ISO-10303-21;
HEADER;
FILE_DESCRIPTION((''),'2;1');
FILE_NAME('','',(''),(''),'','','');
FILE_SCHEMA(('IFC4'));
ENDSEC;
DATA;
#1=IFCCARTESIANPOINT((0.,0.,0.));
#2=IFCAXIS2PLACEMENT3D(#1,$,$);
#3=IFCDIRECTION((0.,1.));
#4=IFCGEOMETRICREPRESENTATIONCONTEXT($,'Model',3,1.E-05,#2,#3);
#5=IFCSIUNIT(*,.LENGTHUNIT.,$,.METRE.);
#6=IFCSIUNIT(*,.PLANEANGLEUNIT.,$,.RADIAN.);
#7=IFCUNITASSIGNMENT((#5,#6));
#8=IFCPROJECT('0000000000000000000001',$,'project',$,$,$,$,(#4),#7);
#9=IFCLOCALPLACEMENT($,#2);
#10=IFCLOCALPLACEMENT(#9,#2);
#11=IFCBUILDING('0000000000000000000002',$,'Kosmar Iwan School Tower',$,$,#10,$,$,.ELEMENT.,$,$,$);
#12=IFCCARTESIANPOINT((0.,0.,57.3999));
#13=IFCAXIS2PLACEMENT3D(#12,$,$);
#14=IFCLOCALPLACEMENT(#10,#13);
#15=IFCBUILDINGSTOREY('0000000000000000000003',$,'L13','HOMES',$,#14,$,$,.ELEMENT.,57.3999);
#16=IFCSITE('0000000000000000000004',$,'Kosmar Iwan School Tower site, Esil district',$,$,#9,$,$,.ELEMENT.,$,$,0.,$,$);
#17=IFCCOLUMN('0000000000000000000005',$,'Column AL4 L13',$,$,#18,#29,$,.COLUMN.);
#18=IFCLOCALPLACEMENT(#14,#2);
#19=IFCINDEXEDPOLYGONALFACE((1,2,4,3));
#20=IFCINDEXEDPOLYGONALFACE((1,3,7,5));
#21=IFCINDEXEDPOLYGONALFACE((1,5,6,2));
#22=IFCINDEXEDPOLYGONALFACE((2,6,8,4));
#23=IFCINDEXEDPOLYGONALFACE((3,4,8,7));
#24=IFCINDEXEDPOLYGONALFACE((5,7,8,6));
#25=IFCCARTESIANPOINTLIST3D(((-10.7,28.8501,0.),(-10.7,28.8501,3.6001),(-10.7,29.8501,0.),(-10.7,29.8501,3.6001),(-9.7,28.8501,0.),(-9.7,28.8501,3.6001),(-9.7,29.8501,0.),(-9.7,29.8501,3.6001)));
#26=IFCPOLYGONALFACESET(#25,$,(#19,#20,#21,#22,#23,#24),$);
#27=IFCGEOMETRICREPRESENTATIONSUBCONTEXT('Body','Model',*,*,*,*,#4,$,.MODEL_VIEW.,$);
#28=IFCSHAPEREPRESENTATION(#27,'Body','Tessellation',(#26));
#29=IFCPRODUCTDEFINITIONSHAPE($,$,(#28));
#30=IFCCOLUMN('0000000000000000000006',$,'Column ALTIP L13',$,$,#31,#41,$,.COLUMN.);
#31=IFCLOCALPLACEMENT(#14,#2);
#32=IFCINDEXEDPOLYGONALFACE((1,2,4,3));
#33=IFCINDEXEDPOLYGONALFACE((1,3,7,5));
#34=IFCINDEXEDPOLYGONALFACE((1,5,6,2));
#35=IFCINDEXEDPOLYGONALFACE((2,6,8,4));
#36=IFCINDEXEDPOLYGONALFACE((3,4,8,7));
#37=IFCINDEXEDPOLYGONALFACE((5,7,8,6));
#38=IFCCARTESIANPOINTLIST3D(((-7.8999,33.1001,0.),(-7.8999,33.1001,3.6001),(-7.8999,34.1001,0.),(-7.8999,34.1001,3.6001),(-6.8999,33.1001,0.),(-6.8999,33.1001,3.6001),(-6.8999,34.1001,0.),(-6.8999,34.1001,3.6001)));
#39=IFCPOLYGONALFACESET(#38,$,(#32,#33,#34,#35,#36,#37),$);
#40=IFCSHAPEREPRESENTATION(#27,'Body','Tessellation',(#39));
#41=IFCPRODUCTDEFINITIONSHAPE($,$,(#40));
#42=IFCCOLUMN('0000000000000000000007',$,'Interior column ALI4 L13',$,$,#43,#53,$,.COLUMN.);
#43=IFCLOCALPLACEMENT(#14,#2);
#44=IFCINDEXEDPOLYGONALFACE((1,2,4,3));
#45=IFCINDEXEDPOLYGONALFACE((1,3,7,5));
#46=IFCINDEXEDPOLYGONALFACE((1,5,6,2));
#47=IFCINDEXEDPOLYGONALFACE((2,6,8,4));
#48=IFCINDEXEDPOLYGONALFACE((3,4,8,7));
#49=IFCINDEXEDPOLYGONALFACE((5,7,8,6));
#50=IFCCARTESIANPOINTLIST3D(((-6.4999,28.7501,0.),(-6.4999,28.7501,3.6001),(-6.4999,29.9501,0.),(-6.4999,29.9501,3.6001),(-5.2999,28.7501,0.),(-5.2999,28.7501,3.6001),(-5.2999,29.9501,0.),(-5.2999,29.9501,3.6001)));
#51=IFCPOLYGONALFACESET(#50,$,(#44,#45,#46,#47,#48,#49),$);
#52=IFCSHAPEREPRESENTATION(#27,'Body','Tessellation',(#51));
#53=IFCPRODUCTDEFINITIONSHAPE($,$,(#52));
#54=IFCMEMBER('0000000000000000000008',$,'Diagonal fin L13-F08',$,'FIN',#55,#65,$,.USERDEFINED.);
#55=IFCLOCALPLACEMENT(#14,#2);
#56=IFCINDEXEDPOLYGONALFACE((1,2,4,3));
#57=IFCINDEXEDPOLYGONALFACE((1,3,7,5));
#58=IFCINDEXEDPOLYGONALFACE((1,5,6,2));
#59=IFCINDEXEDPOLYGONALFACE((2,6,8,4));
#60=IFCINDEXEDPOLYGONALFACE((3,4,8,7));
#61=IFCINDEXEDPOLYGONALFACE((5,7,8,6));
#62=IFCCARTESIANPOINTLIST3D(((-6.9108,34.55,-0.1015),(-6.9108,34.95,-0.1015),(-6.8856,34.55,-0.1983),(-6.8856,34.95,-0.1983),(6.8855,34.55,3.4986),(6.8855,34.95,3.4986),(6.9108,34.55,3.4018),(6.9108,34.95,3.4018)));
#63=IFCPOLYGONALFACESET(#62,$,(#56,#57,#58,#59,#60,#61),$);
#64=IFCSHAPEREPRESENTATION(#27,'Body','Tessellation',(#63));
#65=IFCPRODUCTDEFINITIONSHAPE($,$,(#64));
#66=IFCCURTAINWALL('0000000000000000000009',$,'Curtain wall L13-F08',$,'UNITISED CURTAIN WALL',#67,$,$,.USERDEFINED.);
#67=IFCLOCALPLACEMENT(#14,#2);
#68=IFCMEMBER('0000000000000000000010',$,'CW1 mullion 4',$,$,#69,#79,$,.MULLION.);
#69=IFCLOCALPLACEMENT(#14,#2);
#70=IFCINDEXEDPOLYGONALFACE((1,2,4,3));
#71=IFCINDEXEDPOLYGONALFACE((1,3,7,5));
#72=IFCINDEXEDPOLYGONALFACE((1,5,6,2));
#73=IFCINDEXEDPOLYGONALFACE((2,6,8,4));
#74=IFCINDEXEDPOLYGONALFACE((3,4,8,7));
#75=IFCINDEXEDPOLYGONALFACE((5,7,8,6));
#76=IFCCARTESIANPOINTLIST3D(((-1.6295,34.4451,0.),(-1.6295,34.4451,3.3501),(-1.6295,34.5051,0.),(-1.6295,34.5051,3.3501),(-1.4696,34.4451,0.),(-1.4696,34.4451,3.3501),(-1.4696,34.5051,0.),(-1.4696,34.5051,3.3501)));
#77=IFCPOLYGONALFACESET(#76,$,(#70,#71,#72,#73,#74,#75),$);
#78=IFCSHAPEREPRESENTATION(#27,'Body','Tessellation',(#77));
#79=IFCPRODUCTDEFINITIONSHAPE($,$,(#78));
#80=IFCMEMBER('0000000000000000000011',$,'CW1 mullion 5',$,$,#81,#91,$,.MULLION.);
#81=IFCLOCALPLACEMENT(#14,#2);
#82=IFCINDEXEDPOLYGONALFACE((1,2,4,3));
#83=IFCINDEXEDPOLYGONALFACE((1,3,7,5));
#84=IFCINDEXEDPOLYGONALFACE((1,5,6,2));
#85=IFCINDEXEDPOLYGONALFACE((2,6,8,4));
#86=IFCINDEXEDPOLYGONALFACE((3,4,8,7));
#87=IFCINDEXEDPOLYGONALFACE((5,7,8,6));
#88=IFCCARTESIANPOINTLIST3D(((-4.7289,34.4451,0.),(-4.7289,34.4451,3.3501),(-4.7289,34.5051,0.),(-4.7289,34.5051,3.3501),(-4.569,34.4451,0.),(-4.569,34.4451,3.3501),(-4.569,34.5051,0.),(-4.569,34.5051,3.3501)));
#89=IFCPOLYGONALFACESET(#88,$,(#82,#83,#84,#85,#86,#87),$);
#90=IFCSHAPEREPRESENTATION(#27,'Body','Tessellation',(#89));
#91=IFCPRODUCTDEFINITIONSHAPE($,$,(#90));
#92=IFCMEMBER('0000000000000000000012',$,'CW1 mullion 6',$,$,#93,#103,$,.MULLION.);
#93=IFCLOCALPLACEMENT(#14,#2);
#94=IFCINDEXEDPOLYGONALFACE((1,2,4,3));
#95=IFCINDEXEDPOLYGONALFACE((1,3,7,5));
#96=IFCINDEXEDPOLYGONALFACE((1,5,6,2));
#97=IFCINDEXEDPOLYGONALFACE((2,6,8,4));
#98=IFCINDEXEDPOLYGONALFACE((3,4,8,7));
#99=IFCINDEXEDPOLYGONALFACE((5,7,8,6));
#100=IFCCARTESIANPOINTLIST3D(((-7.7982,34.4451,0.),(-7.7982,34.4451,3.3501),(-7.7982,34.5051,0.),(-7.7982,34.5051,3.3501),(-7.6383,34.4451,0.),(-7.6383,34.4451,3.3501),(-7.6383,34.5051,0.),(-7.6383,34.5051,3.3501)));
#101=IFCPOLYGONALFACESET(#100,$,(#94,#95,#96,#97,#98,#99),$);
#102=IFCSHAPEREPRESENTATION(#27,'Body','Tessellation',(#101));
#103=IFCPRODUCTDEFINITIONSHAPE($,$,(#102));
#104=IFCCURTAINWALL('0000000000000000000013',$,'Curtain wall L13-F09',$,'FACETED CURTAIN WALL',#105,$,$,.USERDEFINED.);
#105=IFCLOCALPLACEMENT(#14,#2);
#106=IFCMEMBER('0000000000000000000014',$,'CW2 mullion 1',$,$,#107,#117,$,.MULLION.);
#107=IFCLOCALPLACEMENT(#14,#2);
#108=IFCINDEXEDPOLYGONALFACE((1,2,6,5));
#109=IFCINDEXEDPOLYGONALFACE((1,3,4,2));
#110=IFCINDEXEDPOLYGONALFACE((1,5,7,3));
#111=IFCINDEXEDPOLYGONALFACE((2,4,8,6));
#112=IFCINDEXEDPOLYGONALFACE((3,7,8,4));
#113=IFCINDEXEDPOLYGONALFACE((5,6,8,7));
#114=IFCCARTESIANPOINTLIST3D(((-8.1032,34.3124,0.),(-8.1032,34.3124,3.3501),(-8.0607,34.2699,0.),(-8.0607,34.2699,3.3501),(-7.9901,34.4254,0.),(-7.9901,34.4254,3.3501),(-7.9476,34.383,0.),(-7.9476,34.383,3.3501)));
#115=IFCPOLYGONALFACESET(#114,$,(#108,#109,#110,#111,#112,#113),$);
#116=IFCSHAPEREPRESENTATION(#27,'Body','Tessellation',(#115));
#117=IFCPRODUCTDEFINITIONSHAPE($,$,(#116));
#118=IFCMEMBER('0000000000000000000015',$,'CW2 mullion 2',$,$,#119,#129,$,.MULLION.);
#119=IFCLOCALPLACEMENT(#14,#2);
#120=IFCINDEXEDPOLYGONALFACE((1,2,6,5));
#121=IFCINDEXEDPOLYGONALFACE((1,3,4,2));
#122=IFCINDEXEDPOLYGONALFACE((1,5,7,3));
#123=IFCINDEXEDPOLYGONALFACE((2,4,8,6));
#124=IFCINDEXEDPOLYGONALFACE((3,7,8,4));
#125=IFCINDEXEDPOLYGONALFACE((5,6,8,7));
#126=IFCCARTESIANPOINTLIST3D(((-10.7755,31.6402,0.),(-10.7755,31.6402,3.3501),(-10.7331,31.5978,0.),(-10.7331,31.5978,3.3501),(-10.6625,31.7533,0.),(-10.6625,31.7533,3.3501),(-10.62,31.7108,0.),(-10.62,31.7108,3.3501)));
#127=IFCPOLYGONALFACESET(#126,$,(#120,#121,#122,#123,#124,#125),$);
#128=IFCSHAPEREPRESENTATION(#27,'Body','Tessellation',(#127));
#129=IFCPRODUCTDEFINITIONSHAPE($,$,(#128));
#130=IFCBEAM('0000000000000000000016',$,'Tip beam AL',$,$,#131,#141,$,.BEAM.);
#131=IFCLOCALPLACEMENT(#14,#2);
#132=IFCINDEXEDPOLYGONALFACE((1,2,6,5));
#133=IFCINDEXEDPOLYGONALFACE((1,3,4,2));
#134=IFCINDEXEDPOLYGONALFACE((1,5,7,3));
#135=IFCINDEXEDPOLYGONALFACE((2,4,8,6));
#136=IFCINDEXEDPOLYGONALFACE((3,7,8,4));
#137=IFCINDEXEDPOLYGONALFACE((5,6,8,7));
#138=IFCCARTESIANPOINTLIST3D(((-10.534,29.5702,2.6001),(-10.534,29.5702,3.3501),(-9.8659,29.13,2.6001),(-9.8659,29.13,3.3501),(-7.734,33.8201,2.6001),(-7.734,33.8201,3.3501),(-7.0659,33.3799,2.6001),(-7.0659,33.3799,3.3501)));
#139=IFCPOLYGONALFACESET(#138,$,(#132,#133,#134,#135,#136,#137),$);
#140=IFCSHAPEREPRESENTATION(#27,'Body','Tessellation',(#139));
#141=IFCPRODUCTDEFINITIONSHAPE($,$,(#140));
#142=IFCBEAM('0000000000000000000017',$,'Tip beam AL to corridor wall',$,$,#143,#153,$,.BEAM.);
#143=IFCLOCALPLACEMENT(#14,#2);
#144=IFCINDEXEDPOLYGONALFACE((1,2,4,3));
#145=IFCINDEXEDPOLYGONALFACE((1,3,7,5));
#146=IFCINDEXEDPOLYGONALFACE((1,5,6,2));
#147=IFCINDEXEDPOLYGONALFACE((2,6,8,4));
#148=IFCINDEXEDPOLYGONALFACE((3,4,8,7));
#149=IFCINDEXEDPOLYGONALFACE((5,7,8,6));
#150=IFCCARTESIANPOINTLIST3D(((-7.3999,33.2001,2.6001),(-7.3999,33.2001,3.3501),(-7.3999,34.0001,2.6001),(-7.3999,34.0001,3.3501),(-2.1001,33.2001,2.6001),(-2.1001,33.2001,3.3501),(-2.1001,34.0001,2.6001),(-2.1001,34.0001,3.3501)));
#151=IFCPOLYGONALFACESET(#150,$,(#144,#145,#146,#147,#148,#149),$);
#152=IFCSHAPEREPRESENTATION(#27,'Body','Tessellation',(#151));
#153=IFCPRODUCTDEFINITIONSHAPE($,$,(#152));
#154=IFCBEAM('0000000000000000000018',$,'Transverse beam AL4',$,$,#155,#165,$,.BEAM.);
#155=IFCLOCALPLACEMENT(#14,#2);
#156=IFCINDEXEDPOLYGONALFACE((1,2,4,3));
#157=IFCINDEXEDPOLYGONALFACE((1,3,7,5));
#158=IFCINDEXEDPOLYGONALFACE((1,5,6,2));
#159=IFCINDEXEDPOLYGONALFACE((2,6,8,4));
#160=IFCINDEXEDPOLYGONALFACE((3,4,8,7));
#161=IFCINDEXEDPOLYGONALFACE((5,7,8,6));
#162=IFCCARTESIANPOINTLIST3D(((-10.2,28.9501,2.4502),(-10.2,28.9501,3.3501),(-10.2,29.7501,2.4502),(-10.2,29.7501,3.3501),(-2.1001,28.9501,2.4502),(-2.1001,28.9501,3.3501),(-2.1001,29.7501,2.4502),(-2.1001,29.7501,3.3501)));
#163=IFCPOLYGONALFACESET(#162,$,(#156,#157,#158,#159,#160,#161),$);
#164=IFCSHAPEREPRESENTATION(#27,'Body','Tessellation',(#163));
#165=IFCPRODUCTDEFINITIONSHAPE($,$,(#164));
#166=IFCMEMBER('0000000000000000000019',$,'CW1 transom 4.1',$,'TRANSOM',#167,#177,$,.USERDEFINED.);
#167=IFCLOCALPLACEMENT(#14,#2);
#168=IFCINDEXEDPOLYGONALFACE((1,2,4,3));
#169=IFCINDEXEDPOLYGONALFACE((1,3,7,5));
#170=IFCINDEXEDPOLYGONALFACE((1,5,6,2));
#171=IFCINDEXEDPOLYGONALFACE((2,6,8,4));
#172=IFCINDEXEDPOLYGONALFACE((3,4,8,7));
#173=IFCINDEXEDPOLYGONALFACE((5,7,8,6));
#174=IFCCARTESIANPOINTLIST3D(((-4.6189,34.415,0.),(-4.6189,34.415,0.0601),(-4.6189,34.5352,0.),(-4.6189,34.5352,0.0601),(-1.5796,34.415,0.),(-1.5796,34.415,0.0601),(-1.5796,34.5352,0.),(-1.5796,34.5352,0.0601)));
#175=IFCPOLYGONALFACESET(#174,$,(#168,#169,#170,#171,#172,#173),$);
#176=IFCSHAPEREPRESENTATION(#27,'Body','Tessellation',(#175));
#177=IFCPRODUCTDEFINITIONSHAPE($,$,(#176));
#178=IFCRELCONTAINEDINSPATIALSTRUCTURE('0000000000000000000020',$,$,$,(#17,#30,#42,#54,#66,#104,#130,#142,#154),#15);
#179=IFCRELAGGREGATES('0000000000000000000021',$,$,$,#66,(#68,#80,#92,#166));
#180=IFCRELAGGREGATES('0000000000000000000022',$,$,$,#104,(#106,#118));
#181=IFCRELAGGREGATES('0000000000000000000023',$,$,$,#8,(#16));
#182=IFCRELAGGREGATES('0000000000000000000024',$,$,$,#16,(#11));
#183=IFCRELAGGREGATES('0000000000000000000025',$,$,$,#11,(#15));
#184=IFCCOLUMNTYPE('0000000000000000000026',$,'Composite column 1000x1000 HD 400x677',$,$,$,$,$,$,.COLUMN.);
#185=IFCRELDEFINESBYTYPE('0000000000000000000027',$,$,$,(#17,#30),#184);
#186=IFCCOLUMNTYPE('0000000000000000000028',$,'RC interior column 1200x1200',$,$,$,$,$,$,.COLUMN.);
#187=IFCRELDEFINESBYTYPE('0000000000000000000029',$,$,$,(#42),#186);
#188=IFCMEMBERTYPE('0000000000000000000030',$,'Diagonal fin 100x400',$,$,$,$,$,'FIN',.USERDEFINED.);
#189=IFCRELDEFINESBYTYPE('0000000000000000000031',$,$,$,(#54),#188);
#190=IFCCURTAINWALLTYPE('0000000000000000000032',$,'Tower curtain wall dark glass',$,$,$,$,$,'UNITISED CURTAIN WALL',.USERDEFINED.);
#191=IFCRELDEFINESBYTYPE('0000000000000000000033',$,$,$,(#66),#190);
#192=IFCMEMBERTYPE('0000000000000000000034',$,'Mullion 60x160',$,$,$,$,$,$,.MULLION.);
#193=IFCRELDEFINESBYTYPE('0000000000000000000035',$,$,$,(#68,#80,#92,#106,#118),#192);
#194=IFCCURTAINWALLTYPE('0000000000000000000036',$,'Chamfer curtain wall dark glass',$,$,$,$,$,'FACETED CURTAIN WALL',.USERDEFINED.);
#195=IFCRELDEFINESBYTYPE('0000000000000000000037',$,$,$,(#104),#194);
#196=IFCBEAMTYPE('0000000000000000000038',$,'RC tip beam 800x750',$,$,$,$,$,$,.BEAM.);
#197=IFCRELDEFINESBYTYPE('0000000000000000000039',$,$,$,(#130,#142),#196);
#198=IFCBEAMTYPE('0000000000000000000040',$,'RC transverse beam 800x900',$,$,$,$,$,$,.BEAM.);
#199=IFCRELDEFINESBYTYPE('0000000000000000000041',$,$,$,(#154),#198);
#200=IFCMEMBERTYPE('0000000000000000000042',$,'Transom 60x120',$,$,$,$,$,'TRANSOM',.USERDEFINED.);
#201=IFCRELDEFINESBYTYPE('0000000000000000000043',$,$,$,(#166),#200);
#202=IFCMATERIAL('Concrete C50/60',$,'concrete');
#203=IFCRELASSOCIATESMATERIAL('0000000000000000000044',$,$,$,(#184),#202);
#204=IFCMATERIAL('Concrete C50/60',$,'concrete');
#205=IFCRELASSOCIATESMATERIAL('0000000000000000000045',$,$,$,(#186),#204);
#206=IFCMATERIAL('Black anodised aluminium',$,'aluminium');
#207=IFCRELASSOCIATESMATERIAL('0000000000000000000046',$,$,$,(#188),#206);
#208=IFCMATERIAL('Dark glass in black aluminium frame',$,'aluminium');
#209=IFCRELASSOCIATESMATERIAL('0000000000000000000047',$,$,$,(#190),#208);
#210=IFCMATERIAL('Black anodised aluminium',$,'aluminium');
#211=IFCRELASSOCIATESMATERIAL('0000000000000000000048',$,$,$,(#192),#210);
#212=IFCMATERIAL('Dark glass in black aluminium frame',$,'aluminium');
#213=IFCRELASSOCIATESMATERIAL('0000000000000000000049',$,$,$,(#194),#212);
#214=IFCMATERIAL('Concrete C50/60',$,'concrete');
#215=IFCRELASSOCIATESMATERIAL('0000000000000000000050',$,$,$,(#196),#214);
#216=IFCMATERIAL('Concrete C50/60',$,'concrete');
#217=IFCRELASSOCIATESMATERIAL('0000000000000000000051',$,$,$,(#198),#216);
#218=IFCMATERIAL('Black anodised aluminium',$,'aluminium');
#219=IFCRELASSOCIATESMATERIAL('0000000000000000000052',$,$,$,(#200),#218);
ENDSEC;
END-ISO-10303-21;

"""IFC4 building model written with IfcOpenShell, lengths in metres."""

from ifc_helpers import new_model, si_unit, direction, frame, origin, origin_2d, place, context, subcontext, project, spatial, rectangle, extrude, material, material_profile, profile_set, type_object, element, aggregate, save


model = new_model("IFC4")

# Units and contexts
model_context = context("Model", 3, precision=1e-05, world=origin(), true_north=direction((0.0, 1.0)))
body_context = subcontext(model_context, "Body", "Model", "MODEL_VIEW")
ifc_project = project(units=[si_unit("LENGTHUNIT", "METRE"), si_unit("PLANEANGLEUNIT", "RADIAN")], contexts=[model_context])

# Site, building, storey
site_placement = place(None, origin())
site = spatial("IfcSite", under=ifc_project, at=site_placement, Name="Kosmar Iwan School Tower site, Esil district", CompositionType="ELEMENT", RefElevation=0.0)
building_placement = place(site_placement, origin())
building = spatial("IfcBuilding", under=site, at=building_placement, Name="Kosmar Iwan School Tower", CompositionType="ELEMENT")
storey_placement = place(building_placement, frame((0.0, 0.0, 57.3999)))
storey = spatial("IfcBuildingStorey", under=building, at=storey_placement, Name="L13", Description="HOMES", CompositionType="ELEMENT", Elevation=57.3999)

# Columns
ifc_material_1 = material(Name="Concrete C50/60", Category="concrete")
ifc_material_profile_1 = material_profile(ifc_material_1, rectangle(XDim=1.0, YDim=1.0, at=origin_2d()), Name="RC 1000x1000 + HD 400x677")
ifc_profile_set_1 = profile_set([ifc_material_profile_1], Name="Concrete C50/60")
column_type_1 = type_object("IfcColumnType", Name="Composite column 1000x1000 HD 400x677", PredefinedType="COLUMN", material=ifc_profile_set_1)
for number, where, z_axis, x_axis, name in (
    (1, (-10.2, 29.3501, 0.0), (0.0, 0.0, 1.0), (0.0, 1.0, 0.0), "Column AL4 L13"),
    (2, (-7.3999, 33.6001, 0.0), (0.0, 0.0, 1.0), (0.0, 1.0, 0.0), "Column ALTIP L13"),
):
    element("IfcColumn", number, at=place(storey_placement, frame(where, z_axis=z_axis, x_axis=x_axis)), inside=storey, type_object=column_type_1, Name=name, PredefinedType="COLUMN", context=body_context, shape_type="SweptSolid", body=[
        extrude(rectangle(XDim=1.0, YDim=1.0, at=origin_2d()), origin(), (0.0, 0.0, 1.0), 3.6001),
    ])
ifc_material_2 = material(Name="Concrete C50/60", Category="concrete")
ifc_material_profile_2 = material_profile(ifc_material_2, rectangle(XDim=1.2, YDim=1.2, at=origin_2d()), Name="RC 1200x1200")
ifc_profile_set_2 = profile_set([ifc_material_profile_2], Name="Concrete C50/60")
column_type_2 = type_object("IfcColumnType", Name="RC interior column 1200x1200", PredefinedType="COLUMN", material=ifc_profile_set_2)
column_placement = place(storey_placement, frame((-5.8999, 29.3501, 0.0), z_axis=(0.0, 0.0, 1.0), x_axis=(0.0, 1.0, 0.0)))
element("IfcColumn", 3, at=column_placement, inside=storey, type_object=column_type_2, Name="Interior column ALI4 L13", PredefinedType="COLUMN", context=body_context, shape_type="SweptSolid", body=[
    extrude(rectangle(XDim=1.2, YDim=1.2, at=origin_2d()), origin(), (0.0, 0.0, 1.0), 3.6001),
])

# Member
ifc_material_3 = material(Name="Black anodised aluminium", Category="aluminium")
ifc_material_profile_3 = material_profile(ifc_material_3, rectangle(XDim=0.1001, YDim=0.3999, at=origin_2d()), Name="FIN 100x400")
ifc_profile_set_3 = profile_set([ifc_material_profile_3], Name="Black anodised aluminium")
member_type_1 = type_object("IfcMemberType", Name="Diagonal fin 100x400", ElementType="FIN", PredefinedType="USERDEFINED", material=ifc_profile_set_3)
member_1_placement = place(storey_placement, frame((-6.8982, 34.75, -0.1499), z_axis=(0.967599, 0.0, 0.25249), x_axis=(-0.25249, 0.0, 0.967599)))
element("IfcMember", 4, at=member_1_placement, inside=storey, type_object=member_type_1, Name="Diagonal fin L13-F08", ObjectType="FIN", PredefinedType="USERDEFINED", context=body_context, shape_type="SweptSolid", body=[
    extrude(rectangle(XDim=0.1001, YDim=0.3999, at=origin_2d()), origin(), (0.0, 0.0, 1.0), 14.2583),
])

# Curtain walls, members
ifc_material_4 = material(Name="Dark glass in black aluminium frame", Category="aluminium")
curtain_wall_type_1 = type_object("IfcCurtainWallType", Name="Tower curtain wall dark glass", ElementType="UNITISED CURTAIN WALL", PredefinedType="USERDEFINED", material=ifc_material_4)
curtain_wall_1_placement = place(storey_placement, origin())
curtain_wall_1 = element("IfcCurtainWall", 5, at=curtain_wall_1_placement, inside=storey, type_object=curtain_wall_type_1, Name="Curtain wall L13-F08", ObjectType="UNITISED CURTAIN WALL", PredefinedType="USERDEFINED")
ifc_material_5 = material(Name="Black anodised aluminium", Category="aluminium")
ifc_material_profile_4 = material_profile(ifc_material_5, rectangle(XDim=0.0601, YDim=0.1599, at=origin_2d()), Name="MULLION 60x160")
ifc_profile_set_4 = profile_set([ifc_material_profile_4], Name="Black anodised aluminium")
member_type_2 = type_object("IfcMemberType", Name="Mullion 60x160", PredefinedType="MULLION", material=ifc_profile_set_4)
member_2_placement = place(storey_placement, frame((-1.5496, 34.4751, 0.0), z_axis=(0.0, 0.0, 1.0), x_axis=(0.0, -1.0, 0.0)))
member_2 = element("IfcMember", 6, at=member_2_placement, type_object=member_type_2, Name="CW1 mullion 4", PredefinedType="MULLION", context=body_context, shape_type="SweptSolid", body=[
    extrude(rectangle(XDim=0.0601, YDim=0.1599, at=origin_2d()), origin(), (0.0, 0.0, 1.0), 3.3501),
])
member_3_placement = place(storey_placement, frame((-4.6489, 34.4751, 0.0), z_axis=(0.0, 0.0, 1.0), x_axis=(0.0, -1.0, 0.0)))
member_3 = element("IfcMember", 7, at=member_3_placement, type_object=member_type_2, Name="CW1 mullion 5", PredefinedType="MULLION", context=body_context, shape_type="SweptSolid", body=[
    extrude(rectangle(XDim=0.0601, YDim=0.1599, at=origin_2d()), origin(), (0.0, 0.0, 1.0), 3.3501),
])
member_4_placement = place(storey_placement, frame((-7.7183, 34.4751, 0.0), z_axis=(0.0, 0.0, 1.0), x_axis=(0.0, -1.0, 0.0)))
member_4 = element("IfcMember", 8, at=member_4_placement, type_object=member_type_2, Name="CW1 mullion 6", PredefinedType="MULLION", context=body_context, shape_type="SweptSolid", body=[
    extrude(rectangle(XDim=0.0601, YDim=0.1599, at=origin_2d()), origin(), (0.0, 0.0, 1.0), 3.3501),
])
ifc_material_6 = material(Name="Dark glass in black aluminium frame", Category="aluminium")
curtain_wall_type_2 = type_object("IfcCurtainWallType", Name="Chamfer curtain wall dark glass", ElementType="FACETED CURTAIN WALL", PredefinedType="USERDEFINED", material=ifc_material_6)
curtain_wall_2_placement = place(storey_placement, origin())
curtain_wall_2 = element("IfcCurtainWall", 9, at=curtain_wall_2_placement, inside=storey, type_object=curtain_wall_type_2, Name="Curtain wall L13-F09", ObjectType="FACETED CURTAIN WALL", PredefinedType="USERDEFINED")
member_5_placement = place(storey_placement, frame((-8.0254, 34.3477, 0.0), z_axis=(0.0, 0.0, 1.0), x_axis=(0.707107, -0.707107, 0.0)))
member_5 = element("IfcMember", 10, at=member_5_placement, type_object=member_type_2, Name="CW2 mullion 1", PredefinedType="MULLION", context=body_context, shape_type="SweptSolid", body=[
    extrude(rectangle(XDim=0.0601, YDim=0.1599, at=origin_2d()), origin(), (0.0, 0.0, 1.0), 3.3501),
])
member_6_placement = place(storey_placement, frame((-10.6978, 31.6755, 0.0), z_axis=(0.0, 0.0, 1.0), x_axis=(0.707107, -0.707107, 0.0)))
member_6 = element("IfcMember", 11, at=member_6_placement, type_object=member_type_2, Name="CW2 mullion 2", PredefinedType="MULLION", context=body_context, shape_type="SweptSolid", body=[
    extrude(rectangle(XDim=0.0601, YDim=0.1599, at=origin_2d()), origin(), (0.0, 0.0, 1.0), 3.3501),
])

# Beams
ifc_material_7 = material(Name="Concrete C50/60", Category="concrete")
ifc_material_profile_5 = material_profile(ifc_material_7, rectangle(XDim=0.8, YDim=0.75, at=origin_2d()), Name="RC 800x750")
ifc_profile_set_5 = profile_set([ifc_material_profile_5], Name="Concrete C50/60")
beam_type_1 = type_object("IfcBeamType", Name="RC tip beam 800x750", PredefinedType="BEAM", material=ifc_profile_set_5)
beam_1_placement = place(storey_placement, frame((-10.2, 29.3501, 2.9751), z_axis=(0.550164, 0.835056, 0.0), x_axis=(-0.835056, 0.550164, 0.0)))
element("IfcBeam", 12, at=beam_1_placement, inside=storey, type_object=beam_type_1, Name="Tip beam AL", PredefinedType="BEAM", context=body_context, shape_type="SweptSolid", body=[
    extrude(rectangle(XDim=0.8, YDim=0.75, at=origin_2d()), origin(), (0.0, 0.0, 1.0), 5.0894),
])
beam_2_placement = place(storey_placement, frame((-7.3999, 33.6001, 2.9751), z_axis=(1.0, 0.0, 0.0), x_axis=(0.0, 1.0, 0.0)))
element("IfcBeam", 13, at=beam_2_placement, inside=storey, type_object=beam_type_1, Name="Tip beam AL to corridor wall", PredefinedType="BEAM", context=body_context, shape_type="SweptSolid", body=[
    extrude(rectangle(XDim=0.8, YDim=0.75, at=origin_2d()), origin(), (0.0, 0.0, 1.0), 5.2998),
])
ifc_material_8 = material(Name="Concrete C50/60", Category="concrete")
ifc_material_profile_6 = material_profile(ifc_material_8, rectangle(XDim=0.8, YDim=0.8999, at=origin_2d()), Name="RC 800x900")
ifc_profile_set_6 = profile_set([ifc_material_profile_6], Name="Concrete C50/60")
beam_type_2 = type_object("IfcBeamType", Name="RC transverse beam 800x900", PredefinedType="BEAM", material=ifc_profile_set_6)
beam_3_placement = place(storey_placement, frame((-10.2, 29.3501, 2.9001), z_axis=(1.0, 0.0, 0.0), x_axis=(0.0, 1.0, 0.0)))
element("IfcBeam", 14, at=beam_3_placement, inside=storey, type_object=beam_type_2, Name="Transverse beam AL4", PredefinedType="BEAM", context=body_context, shape_type="SweptSolid", body=[
    extrude(rectangle(XDim=0.8, YDim=0.8999, at=origin_2d()), origin(), (0.0, 0.0, 1.0), 8.0999),
])

# Member
ifc_material_9 = material(Name="Black anodised aluminium", Category="aluminium")
ifc_material_profile_7 = material_profile(ifc_material_9, rectangle(XDim=0.1201, YDim=0.0601, at=origin_2d()), Name="TRANSOM 60x120")
ifc_profile_set_7 = profile_set([ifc_material_profile_7], Name="Black anodised aluminium")
member_type_3 = type_object("IfcMemberType", Name="Transom 60x120", ElementType="TRANSOM", PredefinedType="USERDEFINED", material=ifc_profile_set_7)
member_7_placement = place(storey_placement, frame((-1.5796, 34.4751, 0.03), z_axis=(-1.0, 0.0, 0.0), x_axis=(0.0, -1.0, 0.0)))
member_7 = element("IfcMember", 15, at=member_7_placement, type_object=member_type_3, Name="CW1 transom 4.1", ObjectType="TRANSOM", PredefinedType="USERDEFINED", context=body_context, shape_type="SweptSolid", body=[
    extrude(rectangle(XDim=0.1201, YDim=0.0601, at=origin_2d()), origin(), (0.0, 0.0, 1.0), 3.0393),
])

aggregate(curtain_wall_1, [member_2, member_3, member_4, member_7])
aggregate(curtain_wall_2, [member_5, member_6])

save(model, "model.ifc")
